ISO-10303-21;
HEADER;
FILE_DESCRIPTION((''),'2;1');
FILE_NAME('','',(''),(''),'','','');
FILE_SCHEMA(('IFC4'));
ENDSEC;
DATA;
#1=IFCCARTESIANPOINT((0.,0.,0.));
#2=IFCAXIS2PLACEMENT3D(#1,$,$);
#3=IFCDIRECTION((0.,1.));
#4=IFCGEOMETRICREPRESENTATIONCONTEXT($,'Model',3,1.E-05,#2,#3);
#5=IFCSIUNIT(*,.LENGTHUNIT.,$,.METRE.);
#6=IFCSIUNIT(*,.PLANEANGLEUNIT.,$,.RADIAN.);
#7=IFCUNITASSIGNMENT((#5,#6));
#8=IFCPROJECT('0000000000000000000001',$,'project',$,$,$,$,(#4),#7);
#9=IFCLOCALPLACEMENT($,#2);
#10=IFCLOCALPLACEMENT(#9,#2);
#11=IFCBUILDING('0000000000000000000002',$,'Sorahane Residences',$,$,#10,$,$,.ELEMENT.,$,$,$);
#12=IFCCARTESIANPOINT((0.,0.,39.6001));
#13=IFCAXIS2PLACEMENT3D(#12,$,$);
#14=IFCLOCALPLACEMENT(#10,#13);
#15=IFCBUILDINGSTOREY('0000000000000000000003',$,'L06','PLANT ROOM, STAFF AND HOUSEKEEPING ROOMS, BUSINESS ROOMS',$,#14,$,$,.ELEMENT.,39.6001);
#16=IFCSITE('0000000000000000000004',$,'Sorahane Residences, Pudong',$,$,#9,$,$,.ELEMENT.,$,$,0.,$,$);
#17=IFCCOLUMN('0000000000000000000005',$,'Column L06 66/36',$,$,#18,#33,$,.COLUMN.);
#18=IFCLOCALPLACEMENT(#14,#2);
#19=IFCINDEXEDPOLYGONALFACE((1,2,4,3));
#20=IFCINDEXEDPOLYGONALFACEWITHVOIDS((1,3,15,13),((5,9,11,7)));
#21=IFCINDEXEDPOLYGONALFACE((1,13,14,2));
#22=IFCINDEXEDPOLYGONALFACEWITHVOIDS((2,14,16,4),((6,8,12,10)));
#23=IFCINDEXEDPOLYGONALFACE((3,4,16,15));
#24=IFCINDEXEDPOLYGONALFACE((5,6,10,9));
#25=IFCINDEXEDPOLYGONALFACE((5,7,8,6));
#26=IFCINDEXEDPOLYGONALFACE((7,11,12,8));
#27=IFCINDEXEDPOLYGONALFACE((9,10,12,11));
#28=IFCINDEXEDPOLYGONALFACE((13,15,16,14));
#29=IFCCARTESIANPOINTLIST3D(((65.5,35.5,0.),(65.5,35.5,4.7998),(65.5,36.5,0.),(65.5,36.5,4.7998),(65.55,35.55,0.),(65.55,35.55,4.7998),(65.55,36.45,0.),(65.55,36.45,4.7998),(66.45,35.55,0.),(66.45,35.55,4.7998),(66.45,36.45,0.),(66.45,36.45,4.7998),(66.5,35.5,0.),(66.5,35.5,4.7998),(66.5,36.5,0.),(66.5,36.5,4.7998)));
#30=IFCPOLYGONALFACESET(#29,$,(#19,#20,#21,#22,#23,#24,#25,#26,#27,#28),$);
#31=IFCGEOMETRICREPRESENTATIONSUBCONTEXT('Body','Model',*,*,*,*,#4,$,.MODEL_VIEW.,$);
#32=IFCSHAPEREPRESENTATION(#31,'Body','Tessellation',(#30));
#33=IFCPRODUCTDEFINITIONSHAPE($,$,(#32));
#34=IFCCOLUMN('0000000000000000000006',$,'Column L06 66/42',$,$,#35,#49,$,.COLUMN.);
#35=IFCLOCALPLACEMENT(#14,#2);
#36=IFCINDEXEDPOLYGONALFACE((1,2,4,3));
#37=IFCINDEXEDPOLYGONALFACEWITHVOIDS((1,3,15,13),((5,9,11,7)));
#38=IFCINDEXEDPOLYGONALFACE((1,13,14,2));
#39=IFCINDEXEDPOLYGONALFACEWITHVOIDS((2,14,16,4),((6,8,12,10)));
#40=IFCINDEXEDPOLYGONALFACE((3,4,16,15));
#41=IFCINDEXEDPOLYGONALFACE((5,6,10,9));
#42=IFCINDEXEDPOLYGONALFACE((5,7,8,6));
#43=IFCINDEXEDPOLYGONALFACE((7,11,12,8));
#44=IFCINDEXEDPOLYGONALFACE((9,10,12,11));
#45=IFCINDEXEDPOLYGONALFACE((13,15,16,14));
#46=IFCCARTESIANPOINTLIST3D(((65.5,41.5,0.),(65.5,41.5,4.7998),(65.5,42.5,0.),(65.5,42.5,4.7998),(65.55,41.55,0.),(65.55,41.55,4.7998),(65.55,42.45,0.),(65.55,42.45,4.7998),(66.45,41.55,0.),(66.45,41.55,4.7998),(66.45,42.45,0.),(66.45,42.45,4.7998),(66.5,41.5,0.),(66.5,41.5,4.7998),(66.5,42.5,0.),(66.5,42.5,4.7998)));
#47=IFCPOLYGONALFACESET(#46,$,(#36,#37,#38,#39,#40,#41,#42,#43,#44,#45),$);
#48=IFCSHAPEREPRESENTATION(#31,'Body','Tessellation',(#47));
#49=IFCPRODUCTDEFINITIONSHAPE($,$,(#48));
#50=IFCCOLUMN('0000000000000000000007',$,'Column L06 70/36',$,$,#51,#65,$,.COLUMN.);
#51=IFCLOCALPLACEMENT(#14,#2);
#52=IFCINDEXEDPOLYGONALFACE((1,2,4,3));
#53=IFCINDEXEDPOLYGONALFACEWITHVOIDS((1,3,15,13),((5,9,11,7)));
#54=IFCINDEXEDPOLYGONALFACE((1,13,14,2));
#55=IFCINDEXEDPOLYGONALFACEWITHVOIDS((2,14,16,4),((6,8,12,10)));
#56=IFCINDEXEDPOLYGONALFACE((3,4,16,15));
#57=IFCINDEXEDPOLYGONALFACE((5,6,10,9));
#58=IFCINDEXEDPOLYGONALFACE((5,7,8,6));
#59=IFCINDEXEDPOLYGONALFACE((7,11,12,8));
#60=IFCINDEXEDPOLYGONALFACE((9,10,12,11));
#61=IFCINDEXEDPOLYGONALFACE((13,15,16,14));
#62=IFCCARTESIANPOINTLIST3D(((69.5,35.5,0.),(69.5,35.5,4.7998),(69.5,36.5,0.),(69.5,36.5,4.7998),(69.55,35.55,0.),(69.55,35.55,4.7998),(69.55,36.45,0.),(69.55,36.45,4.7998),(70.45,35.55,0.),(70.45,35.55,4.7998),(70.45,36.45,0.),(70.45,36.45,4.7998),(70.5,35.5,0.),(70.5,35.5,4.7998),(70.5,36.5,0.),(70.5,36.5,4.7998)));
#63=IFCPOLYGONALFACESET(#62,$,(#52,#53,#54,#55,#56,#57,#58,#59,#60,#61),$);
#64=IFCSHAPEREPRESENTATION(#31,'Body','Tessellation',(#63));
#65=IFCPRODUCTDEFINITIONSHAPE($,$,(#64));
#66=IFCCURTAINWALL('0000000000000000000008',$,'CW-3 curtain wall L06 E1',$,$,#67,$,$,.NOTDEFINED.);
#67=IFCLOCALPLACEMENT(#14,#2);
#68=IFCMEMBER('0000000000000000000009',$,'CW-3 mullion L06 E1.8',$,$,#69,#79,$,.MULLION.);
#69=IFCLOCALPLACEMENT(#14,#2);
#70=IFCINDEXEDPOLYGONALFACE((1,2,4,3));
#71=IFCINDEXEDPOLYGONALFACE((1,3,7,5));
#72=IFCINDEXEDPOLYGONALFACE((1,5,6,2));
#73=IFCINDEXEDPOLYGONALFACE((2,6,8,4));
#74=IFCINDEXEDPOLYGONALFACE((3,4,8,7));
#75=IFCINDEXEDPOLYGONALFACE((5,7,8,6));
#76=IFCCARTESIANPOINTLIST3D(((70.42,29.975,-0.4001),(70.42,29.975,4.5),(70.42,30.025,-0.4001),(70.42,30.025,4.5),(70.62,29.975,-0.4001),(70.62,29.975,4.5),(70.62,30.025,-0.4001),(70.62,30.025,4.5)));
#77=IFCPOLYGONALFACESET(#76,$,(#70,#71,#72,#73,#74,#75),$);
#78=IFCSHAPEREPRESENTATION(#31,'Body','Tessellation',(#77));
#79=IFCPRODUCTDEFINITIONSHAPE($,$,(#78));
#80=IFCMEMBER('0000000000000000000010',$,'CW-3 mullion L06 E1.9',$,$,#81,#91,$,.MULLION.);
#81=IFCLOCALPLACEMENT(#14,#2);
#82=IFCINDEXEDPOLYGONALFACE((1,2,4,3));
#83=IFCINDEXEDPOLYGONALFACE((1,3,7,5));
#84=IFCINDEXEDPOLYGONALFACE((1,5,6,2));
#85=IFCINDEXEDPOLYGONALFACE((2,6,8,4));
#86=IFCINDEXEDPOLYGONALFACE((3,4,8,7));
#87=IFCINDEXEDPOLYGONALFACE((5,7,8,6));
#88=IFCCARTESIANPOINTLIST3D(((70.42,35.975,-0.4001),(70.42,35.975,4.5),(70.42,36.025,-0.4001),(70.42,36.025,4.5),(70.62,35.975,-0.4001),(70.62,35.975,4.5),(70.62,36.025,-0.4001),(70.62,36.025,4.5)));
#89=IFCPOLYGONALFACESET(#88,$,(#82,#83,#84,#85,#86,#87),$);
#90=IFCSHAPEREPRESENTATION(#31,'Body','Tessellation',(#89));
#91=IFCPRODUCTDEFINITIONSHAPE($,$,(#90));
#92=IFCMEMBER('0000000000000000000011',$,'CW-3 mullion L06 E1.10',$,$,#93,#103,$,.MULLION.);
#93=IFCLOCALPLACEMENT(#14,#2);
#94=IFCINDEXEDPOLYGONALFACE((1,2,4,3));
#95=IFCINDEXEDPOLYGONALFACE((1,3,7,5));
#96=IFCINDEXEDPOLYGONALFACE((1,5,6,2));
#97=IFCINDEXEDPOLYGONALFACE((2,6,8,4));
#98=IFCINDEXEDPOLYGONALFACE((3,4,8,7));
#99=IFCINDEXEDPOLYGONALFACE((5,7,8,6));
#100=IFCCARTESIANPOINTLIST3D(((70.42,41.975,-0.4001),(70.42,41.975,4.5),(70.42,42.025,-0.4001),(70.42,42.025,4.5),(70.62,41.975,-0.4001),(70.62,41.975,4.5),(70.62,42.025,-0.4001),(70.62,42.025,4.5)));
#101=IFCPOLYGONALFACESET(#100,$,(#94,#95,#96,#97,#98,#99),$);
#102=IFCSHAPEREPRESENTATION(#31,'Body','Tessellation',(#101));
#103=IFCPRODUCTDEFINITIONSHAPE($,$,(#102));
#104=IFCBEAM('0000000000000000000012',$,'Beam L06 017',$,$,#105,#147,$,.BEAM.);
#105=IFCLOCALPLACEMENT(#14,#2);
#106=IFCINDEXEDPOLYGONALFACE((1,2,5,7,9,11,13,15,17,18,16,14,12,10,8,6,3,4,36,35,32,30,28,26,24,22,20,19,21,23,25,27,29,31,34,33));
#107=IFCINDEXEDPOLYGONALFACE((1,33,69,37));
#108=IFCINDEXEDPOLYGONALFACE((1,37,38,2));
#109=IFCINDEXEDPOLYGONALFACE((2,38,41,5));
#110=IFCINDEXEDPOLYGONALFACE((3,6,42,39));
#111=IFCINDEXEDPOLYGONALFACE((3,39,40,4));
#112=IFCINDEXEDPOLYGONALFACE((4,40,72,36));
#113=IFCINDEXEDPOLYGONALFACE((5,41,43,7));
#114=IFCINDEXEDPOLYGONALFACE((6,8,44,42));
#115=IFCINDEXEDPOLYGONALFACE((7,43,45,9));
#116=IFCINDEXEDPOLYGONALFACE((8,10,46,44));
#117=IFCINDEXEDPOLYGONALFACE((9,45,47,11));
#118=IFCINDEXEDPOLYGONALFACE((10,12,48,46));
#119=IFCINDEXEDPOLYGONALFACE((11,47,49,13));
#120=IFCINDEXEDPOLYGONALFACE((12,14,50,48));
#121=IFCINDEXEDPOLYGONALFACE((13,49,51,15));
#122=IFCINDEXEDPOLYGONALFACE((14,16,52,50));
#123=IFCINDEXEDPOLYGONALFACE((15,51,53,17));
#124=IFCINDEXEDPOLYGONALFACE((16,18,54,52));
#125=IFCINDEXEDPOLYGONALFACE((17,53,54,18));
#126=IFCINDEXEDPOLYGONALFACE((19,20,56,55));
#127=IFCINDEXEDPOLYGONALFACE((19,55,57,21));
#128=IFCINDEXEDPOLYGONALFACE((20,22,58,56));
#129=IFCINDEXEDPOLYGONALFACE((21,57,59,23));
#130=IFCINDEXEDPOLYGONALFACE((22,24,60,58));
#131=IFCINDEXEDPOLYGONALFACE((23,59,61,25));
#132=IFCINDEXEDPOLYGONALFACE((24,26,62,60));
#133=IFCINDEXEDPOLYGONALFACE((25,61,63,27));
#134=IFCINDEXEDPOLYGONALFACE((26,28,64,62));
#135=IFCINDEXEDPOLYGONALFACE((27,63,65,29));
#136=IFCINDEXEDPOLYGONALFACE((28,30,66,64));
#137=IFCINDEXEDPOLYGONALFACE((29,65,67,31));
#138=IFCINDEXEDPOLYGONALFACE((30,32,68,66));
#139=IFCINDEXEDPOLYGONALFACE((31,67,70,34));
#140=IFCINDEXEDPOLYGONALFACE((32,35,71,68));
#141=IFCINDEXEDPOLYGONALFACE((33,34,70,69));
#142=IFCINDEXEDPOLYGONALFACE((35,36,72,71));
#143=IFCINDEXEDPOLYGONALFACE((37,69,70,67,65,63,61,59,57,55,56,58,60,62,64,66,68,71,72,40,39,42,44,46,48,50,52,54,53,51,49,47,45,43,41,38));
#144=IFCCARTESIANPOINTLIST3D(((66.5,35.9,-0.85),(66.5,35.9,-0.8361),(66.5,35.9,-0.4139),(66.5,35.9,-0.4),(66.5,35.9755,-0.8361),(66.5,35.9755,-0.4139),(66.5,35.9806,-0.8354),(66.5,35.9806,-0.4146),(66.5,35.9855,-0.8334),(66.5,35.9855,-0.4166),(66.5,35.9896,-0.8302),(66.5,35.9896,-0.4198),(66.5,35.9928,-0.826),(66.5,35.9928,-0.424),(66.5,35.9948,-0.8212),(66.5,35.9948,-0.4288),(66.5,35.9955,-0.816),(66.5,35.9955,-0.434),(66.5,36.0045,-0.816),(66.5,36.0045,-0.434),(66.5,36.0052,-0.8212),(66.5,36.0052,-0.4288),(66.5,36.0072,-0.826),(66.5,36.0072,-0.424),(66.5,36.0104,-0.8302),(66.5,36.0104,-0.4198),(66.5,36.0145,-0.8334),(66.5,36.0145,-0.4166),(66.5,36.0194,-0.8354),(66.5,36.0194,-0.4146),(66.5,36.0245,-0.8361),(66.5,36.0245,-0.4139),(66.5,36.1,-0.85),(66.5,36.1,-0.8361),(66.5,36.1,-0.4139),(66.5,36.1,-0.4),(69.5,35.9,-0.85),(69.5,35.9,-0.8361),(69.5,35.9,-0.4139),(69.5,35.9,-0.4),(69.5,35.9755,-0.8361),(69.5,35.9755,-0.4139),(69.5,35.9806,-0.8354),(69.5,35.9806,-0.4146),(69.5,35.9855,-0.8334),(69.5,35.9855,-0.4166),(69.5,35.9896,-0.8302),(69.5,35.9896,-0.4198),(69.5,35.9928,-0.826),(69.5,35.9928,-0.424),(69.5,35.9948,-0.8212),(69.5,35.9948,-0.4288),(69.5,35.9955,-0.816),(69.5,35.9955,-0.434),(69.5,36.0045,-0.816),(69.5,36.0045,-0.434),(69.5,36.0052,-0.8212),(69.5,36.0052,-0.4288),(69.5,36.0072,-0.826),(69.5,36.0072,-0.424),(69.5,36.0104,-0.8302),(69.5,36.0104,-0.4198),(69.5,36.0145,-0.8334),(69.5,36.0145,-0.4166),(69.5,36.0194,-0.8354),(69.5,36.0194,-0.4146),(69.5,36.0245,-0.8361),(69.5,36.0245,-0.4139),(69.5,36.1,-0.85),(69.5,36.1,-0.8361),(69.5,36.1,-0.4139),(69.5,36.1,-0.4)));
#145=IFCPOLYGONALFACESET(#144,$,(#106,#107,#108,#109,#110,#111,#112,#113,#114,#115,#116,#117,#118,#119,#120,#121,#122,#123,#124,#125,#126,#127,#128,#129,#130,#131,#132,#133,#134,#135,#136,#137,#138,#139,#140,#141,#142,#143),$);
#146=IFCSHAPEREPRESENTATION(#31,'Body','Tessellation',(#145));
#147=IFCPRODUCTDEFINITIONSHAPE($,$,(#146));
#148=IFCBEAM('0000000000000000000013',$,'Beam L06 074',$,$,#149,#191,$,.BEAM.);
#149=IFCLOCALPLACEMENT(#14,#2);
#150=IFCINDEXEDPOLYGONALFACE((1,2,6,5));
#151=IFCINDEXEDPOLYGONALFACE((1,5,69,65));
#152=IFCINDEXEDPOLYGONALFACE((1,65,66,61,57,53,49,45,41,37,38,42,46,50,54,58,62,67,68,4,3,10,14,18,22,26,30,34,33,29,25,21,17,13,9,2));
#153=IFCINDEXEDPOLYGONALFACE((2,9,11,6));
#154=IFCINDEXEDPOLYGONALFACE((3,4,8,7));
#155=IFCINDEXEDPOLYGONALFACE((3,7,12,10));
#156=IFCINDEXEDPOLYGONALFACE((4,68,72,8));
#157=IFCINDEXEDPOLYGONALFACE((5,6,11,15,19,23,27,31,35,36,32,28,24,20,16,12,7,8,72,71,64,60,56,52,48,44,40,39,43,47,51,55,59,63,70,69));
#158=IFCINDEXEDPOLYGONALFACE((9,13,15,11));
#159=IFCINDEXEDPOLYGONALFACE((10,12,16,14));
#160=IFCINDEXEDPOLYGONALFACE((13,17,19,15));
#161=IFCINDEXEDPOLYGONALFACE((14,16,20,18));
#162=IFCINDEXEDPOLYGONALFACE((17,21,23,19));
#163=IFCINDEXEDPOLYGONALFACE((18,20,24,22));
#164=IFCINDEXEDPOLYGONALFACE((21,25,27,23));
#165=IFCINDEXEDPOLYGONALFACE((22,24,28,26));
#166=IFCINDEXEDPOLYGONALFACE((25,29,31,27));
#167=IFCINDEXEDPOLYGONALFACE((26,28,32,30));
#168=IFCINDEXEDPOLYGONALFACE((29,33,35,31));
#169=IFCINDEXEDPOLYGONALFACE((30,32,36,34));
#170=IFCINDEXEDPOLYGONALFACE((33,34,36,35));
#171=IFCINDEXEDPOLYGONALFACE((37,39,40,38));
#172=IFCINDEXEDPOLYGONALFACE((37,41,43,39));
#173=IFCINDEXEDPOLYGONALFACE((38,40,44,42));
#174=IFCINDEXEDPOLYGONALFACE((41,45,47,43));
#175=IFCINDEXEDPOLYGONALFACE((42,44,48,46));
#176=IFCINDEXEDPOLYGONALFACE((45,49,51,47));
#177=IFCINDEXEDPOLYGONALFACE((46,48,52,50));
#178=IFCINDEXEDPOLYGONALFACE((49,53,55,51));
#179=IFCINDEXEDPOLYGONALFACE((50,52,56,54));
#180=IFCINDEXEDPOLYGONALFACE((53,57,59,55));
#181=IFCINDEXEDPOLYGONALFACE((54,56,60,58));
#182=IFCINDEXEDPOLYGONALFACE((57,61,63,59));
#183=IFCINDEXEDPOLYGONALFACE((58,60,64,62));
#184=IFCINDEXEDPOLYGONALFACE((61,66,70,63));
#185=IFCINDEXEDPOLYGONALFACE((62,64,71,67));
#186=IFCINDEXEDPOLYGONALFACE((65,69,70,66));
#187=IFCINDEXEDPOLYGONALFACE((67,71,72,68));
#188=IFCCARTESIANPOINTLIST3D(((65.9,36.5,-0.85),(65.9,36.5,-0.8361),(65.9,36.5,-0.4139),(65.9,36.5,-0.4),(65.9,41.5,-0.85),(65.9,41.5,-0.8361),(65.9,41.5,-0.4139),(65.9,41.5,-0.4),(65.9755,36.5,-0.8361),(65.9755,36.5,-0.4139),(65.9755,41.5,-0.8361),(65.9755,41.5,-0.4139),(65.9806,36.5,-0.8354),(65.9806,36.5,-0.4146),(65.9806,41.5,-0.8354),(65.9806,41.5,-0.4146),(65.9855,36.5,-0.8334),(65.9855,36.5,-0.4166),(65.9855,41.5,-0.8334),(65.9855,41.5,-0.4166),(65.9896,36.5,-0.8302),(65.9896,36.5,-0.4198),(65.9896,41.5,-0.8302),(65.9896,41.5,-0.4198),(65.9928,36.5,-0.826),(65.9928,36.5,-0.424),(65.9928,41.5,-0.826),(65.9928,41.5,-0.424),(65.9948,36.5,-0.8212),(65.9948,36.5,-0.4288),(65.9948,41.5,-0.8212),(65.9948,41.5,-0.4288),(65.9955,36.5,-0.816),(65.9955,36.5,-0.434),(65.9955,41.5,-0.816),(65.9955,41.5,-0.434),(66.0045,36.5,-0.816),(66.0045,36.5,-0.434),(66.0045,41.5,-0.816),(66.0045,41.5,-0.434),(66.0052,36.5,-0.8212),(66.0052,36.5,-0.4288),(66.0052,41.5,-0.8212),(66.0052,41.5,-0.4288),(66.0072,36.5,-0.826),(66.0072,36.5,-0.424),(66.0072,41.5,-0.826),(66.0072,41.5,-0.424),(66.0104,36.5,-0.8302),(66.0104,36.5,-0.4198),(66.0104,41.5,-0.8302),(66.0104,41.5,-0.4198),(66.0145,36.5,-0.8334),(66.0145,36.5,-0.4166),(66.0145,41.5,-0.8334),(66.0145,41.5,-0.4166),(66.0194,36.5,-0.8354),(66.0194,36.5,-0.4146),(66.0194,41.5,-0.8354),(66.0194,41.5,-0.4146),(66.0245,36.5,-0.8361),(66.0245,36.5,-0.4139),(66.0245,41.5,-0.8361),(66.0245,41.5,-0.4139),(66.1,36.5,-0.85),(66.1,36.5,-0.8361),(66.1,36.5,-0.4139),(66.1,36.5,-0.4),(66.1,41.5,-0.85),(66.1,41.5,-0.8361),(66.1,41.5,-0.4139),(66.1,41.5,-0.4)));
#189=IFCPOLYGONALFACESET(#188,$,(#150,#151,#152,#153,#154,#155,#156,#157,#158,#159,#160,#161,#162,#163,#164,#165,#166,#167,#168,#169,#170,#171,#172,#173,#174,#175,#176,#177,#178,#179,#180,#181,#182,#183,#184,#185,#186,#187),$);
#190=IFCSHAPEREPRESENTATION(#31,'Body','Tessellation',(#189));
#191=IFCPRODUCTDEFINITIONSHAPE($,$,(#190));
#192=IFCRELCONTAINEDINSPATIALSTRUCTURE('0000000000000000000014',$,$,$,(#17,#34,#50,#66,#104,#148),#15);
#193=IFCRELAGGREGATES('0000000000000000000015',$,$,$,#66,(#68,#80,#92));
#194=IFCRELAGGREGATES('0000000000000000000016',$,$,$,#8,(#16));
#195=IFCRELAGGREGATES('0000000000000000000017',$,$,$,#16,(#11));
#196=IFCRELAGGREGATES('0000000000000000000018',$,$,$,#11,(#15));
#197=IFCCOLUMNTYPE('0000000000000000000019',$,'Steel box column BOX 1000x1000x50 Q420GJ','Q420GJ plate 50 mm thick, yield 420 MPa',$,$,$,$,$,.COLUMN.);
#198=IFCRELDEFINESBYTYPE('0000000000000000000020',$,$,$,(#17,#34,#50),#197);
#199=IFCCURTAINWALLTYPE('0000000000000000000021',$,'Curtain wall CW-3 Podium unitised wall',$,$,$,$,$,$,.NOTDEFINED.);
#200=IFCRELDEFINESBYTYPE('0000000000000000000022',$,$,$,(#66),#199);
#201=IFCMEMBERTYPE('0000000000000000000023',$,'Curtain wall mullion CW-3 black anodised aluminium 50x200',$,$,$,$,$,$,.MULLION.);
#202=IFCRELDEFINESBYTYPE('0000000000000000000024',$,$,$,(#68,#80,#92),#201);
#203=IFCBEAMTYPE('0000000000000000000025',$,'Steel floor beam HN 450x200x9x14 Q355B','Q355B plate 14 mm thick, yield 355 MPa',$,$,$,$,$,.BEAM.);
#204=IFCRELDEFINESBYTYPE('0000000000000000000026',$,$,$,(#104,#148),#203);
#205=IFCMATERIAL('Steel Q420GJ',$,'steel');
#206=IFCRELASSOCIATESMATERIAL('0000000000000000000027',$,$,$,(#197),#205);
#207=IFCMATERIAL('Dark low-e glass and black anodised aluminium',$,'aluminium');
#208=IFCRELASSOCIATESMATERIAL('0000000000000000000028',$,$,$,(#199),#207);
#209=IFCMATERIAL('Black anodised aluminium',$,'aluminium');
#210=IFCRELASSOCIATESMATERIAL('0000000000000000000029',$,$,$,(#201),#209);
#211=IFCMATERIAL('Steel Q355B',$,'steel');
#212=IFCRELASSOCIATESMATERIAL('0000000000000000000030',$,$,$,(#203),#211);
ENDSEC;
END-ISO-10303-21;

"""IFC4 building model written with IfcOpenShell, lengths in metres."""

from ifc_helpers import new_model, si_unit, direction, frame, origin, origin_2d, place, context, subcontext, project, spatial, rectangle, hollow_rectangle, i_section, extrude, material, material_profile, profile_set, type_object, element, aggregate, save


model = new_model("IFC4")

# Units and contexts
model_context = context("Model", 3, precision=1e-05, world=origin(), true_north=direction((0.0, 1.0)))
body_context = subcontext(model_context, "Body", "Model", "MODEL_VIEW")
ifc_project = project(units=[si_unit("LENGTHUNIT", "METRE"), si_unit("PLANEANGLEUNIT", "RADIAN")], contexts=[model_context])

# Site, building, storey
site_placement = place(None, origin())
site = spatial("IfcSite", under=ifc_project, at=site_placement, Name="Sorahane Residences, Pudong", CompositionType="ELEMENT", RefElevation=0.0)
building_placement = place(site_placement, origin())
building = spatial("IfcBuilding", under=site, at=building_placement, Name="Sorahane Residences", CompositionType="ELEMENT")
storey_placement = place(building_placement, frame((0.0, 0.0, 39.6001)))
storey = spatial("IfcBuildingStorey", under=building, at=storey_placement, Name="L06", Description="PLANT ROOM, STAFF AND HOUSEKEEPING ROOMS, BUSINESS ROOMS", CompositionType="ELEMENT", Elevation=39.6001)

# Columns
ifc_material_1 = material(Name="Steel Q420GJ", Category="steel")
ifc_material_profile_1 = material_profile(ifc_material_1, hollow_rectangle(XDim=1.0, YDim=1.0, WallThickness=0.05, at=origin_2d()), Name="BOX 1000x1000x50")
ifc_profile_set_1 = profile_set([ifc_material_profile_1], Name="Steel Q420GJ")
column_type = type_object("IfcColumnType", Name="Steel box column BOX 1000x1000x50 Q420GJ", Description="Q420GJ plate 50 mm thick, yield 420 MPa", PredefinedType="COLUMN", material=ifc_profile_set_1)
for number, where, z_axis, x_axis, name in (
    (1, (66.0, 36.0, 0.0), (0.0, 0.0, 1.0), (1.0, 0.0, 0.0), "Column L06 66/36"),
    (2, (66.0, 42.0, 0.0), (0.0, 0.0, 1.0), (1.0, 0.0, 0.0), "Column L06 66/42"),
    (3, (70.0, 36.0, 0.0), (0.0, 0.0, 1.0), (1.0, 0.0, 0.0), "Column L06 70/36"),
):
    element("IfcColumn", number, at=place(storey_placement, frame(where, z_axis=z_axis, x_axis=x_axis)), inside=storey, type_object=column_type, Name=name, PredefinedType="COLUMN", context=body_context, shape_type="SweptSolid", body=[
        extrude(hollow_rectangle(XDim=1.0, YDim=1.0, WallThickness=0.05, at=origin_2d()), origin(), (0.0, 0.0, 1.0), 4.7998),
    ])

# Curtain wall, members
ifc_material_2 = material(Name="Dark low-e glass and black anodised aluminium", Category="aluminium")
curtain_wall_type = type_object("IfcCurtainWallType", Name="Curtain wall CW-3 Podium unitised wall", PredefinedType="NOTDEFINED", material=ifc_material_2)
curtain_wall_placement = place(storey_placement, origin())
curtain_wall = element("IfcCurtainWall", 4, at=curtain_wall_placement, inside=storey, type_object=curtain_wall_type, Name="CW-3 curtain wall L06 E1", PredefinedType="NOTDEFINED")
ifc_material_3 = material(Name="Black anodised aluminium", Category="aluminium")
ifc_material_profile_2 = material_profile(ifc_material_3, rectangle(XDim=0.2, YDim=0.05, at=origin_2d()), Name="Curtain wall mullion CW-3 black anodised aluminium 50x200")
ifc_profile_set_2 = profile_set([ifc_material_profile_2], Name="Black anodised aluminium")
member_type = type_object("IfcMemberType", Name="Curtain wall mullion CW-3 black anodised aluminium 50x200", PredefinedType="MULLION", material=ifc_profile_set_2)
member_1_placement = place(storey_placement, frame((70.52, 30.0, -0.4001), z_axis=(0.0, 0.0, 1.0), x_axis=(1.0, 0.0, 0.0)))
member_1 = element("IfcMember", 5, at=member_1_placement, type_object=member_type, Name="CW-3 mullion L06 E1.8", PredefinedType="MULLION", context=body_context, shape_type="SweptSolid", body=[
    extrude(rectangle(XDim=0.2, YDim=0.05, at=origin_2d()), origin(), (0.0, 0.0, 1.0), 4.9001),
])
member_2_placement = place(storey_placement, frame((70.52, 36.0, -0.4001), z_axis=(0.0, 0.0, 1.0), x_axis=(1.0, 0.0, 0.0)))
member_2 = element("IfcMember", 6, at=member_2_placement, type_object=member_type, Name="CW-3 mullion L06 E1.9", PredefinedType="MULLION", context=body_context, shape_type="SweptSolid", body=[
    extrude(rectangle(XDim=0.2, YDim=0.05, at=origin_2d()), origin(), (0.0, 0.0, 1.0), 4.9001),
])
member_3_placement = place(storey_placement, frame((70.52, 42.0, -0.4001), z_axis=(0.0, 0.0, 1.0), x_axis=(1.0, 0.0, 0.0)))
member_3 = element("IfcMember", 7, at=member_3_placement, type_object=member_type, Name="CW-3 mullion L06 E1.10", PredefinedType="MULLION", context=body_context, shape_type="SweptSolid", body=[
    extrude(rectangle(XDim=0.2, YDim=0.05, at=origin_2d()), origin(), (0.0, 0.0, 1.0), 4.9001),
])

# Beams
ifc_material_4 = material(Name="Steel Q355B", Category="steel")
ifc_material_profile_3 = material_profile(ifc_material_4, i_section(OverallWidth=0.2, OverallDepth=0.45, WebThickness=0.009, FlangeThickness=0.0139, FilletRadius=0.02, at=origin_2d()), Name="HN 450x200x9x14")
ifc_profile_set_3 = profile_set([ifc_material_profile_3], Name="Steel Q355B")
beam_type_1 = type_object("IfcBeamType", Name="Steel floor beam HN 450x200x9x14 Q355B", Description="Q355B plate 14 mm thick, yield 355 MPa", PredefinedType="BEAM", material=ifc_profile_set_3)
beam_1_placement = place(storey_placement, frame((66.5, 36.0, -0.625), z_axis=(1.0, 0.0, 0.0), x_axis=(0.0, 1.0, 0.0)))
element("IfcBeam", 8, at=beam_1_placement, inside=storey, type_object=beam_type_1, Name="Beam L06 017", PredefinedType="BEAM", context=body_context, shape_type="SweptSolid", body=[
    extrude(i_section(OverallWidth=0.2, OverallDepth=0.45, WebThickness=0.009, FlangeThickness=0.0139, FilletRadius=0.02, at=origin_2d()), origin(), (0.0, 0.0, 1.0), 3.0),
])
beam_2_placement = place(storey_placement, frame((66.0, 36.5, -0.625), z_axis=(0.0, 1.0, 0.0), x_axis=(-1.0, 0.0, 0.0)))
element("IfcBeam", 9, at=beam_2_placement, inside=storey, type_object=beam_type_1, Name="Beam L06 074", PredefinedType="BEAM", context=body_context, shape_type="SweptSolid", body=[
    extrude(i_section(OverallWidth=0.2, OverallDepth=0.45, WebThickness=0.009, FlangeThickness=0.0139, FilletRadius=0.02, at=origin_2d()), origin(), (0.0, 0.0, 1.0), 5.0),
])

aggregate(curtain_wall, [member_1, member_2, member_3])

save(model, "model.ifc")
